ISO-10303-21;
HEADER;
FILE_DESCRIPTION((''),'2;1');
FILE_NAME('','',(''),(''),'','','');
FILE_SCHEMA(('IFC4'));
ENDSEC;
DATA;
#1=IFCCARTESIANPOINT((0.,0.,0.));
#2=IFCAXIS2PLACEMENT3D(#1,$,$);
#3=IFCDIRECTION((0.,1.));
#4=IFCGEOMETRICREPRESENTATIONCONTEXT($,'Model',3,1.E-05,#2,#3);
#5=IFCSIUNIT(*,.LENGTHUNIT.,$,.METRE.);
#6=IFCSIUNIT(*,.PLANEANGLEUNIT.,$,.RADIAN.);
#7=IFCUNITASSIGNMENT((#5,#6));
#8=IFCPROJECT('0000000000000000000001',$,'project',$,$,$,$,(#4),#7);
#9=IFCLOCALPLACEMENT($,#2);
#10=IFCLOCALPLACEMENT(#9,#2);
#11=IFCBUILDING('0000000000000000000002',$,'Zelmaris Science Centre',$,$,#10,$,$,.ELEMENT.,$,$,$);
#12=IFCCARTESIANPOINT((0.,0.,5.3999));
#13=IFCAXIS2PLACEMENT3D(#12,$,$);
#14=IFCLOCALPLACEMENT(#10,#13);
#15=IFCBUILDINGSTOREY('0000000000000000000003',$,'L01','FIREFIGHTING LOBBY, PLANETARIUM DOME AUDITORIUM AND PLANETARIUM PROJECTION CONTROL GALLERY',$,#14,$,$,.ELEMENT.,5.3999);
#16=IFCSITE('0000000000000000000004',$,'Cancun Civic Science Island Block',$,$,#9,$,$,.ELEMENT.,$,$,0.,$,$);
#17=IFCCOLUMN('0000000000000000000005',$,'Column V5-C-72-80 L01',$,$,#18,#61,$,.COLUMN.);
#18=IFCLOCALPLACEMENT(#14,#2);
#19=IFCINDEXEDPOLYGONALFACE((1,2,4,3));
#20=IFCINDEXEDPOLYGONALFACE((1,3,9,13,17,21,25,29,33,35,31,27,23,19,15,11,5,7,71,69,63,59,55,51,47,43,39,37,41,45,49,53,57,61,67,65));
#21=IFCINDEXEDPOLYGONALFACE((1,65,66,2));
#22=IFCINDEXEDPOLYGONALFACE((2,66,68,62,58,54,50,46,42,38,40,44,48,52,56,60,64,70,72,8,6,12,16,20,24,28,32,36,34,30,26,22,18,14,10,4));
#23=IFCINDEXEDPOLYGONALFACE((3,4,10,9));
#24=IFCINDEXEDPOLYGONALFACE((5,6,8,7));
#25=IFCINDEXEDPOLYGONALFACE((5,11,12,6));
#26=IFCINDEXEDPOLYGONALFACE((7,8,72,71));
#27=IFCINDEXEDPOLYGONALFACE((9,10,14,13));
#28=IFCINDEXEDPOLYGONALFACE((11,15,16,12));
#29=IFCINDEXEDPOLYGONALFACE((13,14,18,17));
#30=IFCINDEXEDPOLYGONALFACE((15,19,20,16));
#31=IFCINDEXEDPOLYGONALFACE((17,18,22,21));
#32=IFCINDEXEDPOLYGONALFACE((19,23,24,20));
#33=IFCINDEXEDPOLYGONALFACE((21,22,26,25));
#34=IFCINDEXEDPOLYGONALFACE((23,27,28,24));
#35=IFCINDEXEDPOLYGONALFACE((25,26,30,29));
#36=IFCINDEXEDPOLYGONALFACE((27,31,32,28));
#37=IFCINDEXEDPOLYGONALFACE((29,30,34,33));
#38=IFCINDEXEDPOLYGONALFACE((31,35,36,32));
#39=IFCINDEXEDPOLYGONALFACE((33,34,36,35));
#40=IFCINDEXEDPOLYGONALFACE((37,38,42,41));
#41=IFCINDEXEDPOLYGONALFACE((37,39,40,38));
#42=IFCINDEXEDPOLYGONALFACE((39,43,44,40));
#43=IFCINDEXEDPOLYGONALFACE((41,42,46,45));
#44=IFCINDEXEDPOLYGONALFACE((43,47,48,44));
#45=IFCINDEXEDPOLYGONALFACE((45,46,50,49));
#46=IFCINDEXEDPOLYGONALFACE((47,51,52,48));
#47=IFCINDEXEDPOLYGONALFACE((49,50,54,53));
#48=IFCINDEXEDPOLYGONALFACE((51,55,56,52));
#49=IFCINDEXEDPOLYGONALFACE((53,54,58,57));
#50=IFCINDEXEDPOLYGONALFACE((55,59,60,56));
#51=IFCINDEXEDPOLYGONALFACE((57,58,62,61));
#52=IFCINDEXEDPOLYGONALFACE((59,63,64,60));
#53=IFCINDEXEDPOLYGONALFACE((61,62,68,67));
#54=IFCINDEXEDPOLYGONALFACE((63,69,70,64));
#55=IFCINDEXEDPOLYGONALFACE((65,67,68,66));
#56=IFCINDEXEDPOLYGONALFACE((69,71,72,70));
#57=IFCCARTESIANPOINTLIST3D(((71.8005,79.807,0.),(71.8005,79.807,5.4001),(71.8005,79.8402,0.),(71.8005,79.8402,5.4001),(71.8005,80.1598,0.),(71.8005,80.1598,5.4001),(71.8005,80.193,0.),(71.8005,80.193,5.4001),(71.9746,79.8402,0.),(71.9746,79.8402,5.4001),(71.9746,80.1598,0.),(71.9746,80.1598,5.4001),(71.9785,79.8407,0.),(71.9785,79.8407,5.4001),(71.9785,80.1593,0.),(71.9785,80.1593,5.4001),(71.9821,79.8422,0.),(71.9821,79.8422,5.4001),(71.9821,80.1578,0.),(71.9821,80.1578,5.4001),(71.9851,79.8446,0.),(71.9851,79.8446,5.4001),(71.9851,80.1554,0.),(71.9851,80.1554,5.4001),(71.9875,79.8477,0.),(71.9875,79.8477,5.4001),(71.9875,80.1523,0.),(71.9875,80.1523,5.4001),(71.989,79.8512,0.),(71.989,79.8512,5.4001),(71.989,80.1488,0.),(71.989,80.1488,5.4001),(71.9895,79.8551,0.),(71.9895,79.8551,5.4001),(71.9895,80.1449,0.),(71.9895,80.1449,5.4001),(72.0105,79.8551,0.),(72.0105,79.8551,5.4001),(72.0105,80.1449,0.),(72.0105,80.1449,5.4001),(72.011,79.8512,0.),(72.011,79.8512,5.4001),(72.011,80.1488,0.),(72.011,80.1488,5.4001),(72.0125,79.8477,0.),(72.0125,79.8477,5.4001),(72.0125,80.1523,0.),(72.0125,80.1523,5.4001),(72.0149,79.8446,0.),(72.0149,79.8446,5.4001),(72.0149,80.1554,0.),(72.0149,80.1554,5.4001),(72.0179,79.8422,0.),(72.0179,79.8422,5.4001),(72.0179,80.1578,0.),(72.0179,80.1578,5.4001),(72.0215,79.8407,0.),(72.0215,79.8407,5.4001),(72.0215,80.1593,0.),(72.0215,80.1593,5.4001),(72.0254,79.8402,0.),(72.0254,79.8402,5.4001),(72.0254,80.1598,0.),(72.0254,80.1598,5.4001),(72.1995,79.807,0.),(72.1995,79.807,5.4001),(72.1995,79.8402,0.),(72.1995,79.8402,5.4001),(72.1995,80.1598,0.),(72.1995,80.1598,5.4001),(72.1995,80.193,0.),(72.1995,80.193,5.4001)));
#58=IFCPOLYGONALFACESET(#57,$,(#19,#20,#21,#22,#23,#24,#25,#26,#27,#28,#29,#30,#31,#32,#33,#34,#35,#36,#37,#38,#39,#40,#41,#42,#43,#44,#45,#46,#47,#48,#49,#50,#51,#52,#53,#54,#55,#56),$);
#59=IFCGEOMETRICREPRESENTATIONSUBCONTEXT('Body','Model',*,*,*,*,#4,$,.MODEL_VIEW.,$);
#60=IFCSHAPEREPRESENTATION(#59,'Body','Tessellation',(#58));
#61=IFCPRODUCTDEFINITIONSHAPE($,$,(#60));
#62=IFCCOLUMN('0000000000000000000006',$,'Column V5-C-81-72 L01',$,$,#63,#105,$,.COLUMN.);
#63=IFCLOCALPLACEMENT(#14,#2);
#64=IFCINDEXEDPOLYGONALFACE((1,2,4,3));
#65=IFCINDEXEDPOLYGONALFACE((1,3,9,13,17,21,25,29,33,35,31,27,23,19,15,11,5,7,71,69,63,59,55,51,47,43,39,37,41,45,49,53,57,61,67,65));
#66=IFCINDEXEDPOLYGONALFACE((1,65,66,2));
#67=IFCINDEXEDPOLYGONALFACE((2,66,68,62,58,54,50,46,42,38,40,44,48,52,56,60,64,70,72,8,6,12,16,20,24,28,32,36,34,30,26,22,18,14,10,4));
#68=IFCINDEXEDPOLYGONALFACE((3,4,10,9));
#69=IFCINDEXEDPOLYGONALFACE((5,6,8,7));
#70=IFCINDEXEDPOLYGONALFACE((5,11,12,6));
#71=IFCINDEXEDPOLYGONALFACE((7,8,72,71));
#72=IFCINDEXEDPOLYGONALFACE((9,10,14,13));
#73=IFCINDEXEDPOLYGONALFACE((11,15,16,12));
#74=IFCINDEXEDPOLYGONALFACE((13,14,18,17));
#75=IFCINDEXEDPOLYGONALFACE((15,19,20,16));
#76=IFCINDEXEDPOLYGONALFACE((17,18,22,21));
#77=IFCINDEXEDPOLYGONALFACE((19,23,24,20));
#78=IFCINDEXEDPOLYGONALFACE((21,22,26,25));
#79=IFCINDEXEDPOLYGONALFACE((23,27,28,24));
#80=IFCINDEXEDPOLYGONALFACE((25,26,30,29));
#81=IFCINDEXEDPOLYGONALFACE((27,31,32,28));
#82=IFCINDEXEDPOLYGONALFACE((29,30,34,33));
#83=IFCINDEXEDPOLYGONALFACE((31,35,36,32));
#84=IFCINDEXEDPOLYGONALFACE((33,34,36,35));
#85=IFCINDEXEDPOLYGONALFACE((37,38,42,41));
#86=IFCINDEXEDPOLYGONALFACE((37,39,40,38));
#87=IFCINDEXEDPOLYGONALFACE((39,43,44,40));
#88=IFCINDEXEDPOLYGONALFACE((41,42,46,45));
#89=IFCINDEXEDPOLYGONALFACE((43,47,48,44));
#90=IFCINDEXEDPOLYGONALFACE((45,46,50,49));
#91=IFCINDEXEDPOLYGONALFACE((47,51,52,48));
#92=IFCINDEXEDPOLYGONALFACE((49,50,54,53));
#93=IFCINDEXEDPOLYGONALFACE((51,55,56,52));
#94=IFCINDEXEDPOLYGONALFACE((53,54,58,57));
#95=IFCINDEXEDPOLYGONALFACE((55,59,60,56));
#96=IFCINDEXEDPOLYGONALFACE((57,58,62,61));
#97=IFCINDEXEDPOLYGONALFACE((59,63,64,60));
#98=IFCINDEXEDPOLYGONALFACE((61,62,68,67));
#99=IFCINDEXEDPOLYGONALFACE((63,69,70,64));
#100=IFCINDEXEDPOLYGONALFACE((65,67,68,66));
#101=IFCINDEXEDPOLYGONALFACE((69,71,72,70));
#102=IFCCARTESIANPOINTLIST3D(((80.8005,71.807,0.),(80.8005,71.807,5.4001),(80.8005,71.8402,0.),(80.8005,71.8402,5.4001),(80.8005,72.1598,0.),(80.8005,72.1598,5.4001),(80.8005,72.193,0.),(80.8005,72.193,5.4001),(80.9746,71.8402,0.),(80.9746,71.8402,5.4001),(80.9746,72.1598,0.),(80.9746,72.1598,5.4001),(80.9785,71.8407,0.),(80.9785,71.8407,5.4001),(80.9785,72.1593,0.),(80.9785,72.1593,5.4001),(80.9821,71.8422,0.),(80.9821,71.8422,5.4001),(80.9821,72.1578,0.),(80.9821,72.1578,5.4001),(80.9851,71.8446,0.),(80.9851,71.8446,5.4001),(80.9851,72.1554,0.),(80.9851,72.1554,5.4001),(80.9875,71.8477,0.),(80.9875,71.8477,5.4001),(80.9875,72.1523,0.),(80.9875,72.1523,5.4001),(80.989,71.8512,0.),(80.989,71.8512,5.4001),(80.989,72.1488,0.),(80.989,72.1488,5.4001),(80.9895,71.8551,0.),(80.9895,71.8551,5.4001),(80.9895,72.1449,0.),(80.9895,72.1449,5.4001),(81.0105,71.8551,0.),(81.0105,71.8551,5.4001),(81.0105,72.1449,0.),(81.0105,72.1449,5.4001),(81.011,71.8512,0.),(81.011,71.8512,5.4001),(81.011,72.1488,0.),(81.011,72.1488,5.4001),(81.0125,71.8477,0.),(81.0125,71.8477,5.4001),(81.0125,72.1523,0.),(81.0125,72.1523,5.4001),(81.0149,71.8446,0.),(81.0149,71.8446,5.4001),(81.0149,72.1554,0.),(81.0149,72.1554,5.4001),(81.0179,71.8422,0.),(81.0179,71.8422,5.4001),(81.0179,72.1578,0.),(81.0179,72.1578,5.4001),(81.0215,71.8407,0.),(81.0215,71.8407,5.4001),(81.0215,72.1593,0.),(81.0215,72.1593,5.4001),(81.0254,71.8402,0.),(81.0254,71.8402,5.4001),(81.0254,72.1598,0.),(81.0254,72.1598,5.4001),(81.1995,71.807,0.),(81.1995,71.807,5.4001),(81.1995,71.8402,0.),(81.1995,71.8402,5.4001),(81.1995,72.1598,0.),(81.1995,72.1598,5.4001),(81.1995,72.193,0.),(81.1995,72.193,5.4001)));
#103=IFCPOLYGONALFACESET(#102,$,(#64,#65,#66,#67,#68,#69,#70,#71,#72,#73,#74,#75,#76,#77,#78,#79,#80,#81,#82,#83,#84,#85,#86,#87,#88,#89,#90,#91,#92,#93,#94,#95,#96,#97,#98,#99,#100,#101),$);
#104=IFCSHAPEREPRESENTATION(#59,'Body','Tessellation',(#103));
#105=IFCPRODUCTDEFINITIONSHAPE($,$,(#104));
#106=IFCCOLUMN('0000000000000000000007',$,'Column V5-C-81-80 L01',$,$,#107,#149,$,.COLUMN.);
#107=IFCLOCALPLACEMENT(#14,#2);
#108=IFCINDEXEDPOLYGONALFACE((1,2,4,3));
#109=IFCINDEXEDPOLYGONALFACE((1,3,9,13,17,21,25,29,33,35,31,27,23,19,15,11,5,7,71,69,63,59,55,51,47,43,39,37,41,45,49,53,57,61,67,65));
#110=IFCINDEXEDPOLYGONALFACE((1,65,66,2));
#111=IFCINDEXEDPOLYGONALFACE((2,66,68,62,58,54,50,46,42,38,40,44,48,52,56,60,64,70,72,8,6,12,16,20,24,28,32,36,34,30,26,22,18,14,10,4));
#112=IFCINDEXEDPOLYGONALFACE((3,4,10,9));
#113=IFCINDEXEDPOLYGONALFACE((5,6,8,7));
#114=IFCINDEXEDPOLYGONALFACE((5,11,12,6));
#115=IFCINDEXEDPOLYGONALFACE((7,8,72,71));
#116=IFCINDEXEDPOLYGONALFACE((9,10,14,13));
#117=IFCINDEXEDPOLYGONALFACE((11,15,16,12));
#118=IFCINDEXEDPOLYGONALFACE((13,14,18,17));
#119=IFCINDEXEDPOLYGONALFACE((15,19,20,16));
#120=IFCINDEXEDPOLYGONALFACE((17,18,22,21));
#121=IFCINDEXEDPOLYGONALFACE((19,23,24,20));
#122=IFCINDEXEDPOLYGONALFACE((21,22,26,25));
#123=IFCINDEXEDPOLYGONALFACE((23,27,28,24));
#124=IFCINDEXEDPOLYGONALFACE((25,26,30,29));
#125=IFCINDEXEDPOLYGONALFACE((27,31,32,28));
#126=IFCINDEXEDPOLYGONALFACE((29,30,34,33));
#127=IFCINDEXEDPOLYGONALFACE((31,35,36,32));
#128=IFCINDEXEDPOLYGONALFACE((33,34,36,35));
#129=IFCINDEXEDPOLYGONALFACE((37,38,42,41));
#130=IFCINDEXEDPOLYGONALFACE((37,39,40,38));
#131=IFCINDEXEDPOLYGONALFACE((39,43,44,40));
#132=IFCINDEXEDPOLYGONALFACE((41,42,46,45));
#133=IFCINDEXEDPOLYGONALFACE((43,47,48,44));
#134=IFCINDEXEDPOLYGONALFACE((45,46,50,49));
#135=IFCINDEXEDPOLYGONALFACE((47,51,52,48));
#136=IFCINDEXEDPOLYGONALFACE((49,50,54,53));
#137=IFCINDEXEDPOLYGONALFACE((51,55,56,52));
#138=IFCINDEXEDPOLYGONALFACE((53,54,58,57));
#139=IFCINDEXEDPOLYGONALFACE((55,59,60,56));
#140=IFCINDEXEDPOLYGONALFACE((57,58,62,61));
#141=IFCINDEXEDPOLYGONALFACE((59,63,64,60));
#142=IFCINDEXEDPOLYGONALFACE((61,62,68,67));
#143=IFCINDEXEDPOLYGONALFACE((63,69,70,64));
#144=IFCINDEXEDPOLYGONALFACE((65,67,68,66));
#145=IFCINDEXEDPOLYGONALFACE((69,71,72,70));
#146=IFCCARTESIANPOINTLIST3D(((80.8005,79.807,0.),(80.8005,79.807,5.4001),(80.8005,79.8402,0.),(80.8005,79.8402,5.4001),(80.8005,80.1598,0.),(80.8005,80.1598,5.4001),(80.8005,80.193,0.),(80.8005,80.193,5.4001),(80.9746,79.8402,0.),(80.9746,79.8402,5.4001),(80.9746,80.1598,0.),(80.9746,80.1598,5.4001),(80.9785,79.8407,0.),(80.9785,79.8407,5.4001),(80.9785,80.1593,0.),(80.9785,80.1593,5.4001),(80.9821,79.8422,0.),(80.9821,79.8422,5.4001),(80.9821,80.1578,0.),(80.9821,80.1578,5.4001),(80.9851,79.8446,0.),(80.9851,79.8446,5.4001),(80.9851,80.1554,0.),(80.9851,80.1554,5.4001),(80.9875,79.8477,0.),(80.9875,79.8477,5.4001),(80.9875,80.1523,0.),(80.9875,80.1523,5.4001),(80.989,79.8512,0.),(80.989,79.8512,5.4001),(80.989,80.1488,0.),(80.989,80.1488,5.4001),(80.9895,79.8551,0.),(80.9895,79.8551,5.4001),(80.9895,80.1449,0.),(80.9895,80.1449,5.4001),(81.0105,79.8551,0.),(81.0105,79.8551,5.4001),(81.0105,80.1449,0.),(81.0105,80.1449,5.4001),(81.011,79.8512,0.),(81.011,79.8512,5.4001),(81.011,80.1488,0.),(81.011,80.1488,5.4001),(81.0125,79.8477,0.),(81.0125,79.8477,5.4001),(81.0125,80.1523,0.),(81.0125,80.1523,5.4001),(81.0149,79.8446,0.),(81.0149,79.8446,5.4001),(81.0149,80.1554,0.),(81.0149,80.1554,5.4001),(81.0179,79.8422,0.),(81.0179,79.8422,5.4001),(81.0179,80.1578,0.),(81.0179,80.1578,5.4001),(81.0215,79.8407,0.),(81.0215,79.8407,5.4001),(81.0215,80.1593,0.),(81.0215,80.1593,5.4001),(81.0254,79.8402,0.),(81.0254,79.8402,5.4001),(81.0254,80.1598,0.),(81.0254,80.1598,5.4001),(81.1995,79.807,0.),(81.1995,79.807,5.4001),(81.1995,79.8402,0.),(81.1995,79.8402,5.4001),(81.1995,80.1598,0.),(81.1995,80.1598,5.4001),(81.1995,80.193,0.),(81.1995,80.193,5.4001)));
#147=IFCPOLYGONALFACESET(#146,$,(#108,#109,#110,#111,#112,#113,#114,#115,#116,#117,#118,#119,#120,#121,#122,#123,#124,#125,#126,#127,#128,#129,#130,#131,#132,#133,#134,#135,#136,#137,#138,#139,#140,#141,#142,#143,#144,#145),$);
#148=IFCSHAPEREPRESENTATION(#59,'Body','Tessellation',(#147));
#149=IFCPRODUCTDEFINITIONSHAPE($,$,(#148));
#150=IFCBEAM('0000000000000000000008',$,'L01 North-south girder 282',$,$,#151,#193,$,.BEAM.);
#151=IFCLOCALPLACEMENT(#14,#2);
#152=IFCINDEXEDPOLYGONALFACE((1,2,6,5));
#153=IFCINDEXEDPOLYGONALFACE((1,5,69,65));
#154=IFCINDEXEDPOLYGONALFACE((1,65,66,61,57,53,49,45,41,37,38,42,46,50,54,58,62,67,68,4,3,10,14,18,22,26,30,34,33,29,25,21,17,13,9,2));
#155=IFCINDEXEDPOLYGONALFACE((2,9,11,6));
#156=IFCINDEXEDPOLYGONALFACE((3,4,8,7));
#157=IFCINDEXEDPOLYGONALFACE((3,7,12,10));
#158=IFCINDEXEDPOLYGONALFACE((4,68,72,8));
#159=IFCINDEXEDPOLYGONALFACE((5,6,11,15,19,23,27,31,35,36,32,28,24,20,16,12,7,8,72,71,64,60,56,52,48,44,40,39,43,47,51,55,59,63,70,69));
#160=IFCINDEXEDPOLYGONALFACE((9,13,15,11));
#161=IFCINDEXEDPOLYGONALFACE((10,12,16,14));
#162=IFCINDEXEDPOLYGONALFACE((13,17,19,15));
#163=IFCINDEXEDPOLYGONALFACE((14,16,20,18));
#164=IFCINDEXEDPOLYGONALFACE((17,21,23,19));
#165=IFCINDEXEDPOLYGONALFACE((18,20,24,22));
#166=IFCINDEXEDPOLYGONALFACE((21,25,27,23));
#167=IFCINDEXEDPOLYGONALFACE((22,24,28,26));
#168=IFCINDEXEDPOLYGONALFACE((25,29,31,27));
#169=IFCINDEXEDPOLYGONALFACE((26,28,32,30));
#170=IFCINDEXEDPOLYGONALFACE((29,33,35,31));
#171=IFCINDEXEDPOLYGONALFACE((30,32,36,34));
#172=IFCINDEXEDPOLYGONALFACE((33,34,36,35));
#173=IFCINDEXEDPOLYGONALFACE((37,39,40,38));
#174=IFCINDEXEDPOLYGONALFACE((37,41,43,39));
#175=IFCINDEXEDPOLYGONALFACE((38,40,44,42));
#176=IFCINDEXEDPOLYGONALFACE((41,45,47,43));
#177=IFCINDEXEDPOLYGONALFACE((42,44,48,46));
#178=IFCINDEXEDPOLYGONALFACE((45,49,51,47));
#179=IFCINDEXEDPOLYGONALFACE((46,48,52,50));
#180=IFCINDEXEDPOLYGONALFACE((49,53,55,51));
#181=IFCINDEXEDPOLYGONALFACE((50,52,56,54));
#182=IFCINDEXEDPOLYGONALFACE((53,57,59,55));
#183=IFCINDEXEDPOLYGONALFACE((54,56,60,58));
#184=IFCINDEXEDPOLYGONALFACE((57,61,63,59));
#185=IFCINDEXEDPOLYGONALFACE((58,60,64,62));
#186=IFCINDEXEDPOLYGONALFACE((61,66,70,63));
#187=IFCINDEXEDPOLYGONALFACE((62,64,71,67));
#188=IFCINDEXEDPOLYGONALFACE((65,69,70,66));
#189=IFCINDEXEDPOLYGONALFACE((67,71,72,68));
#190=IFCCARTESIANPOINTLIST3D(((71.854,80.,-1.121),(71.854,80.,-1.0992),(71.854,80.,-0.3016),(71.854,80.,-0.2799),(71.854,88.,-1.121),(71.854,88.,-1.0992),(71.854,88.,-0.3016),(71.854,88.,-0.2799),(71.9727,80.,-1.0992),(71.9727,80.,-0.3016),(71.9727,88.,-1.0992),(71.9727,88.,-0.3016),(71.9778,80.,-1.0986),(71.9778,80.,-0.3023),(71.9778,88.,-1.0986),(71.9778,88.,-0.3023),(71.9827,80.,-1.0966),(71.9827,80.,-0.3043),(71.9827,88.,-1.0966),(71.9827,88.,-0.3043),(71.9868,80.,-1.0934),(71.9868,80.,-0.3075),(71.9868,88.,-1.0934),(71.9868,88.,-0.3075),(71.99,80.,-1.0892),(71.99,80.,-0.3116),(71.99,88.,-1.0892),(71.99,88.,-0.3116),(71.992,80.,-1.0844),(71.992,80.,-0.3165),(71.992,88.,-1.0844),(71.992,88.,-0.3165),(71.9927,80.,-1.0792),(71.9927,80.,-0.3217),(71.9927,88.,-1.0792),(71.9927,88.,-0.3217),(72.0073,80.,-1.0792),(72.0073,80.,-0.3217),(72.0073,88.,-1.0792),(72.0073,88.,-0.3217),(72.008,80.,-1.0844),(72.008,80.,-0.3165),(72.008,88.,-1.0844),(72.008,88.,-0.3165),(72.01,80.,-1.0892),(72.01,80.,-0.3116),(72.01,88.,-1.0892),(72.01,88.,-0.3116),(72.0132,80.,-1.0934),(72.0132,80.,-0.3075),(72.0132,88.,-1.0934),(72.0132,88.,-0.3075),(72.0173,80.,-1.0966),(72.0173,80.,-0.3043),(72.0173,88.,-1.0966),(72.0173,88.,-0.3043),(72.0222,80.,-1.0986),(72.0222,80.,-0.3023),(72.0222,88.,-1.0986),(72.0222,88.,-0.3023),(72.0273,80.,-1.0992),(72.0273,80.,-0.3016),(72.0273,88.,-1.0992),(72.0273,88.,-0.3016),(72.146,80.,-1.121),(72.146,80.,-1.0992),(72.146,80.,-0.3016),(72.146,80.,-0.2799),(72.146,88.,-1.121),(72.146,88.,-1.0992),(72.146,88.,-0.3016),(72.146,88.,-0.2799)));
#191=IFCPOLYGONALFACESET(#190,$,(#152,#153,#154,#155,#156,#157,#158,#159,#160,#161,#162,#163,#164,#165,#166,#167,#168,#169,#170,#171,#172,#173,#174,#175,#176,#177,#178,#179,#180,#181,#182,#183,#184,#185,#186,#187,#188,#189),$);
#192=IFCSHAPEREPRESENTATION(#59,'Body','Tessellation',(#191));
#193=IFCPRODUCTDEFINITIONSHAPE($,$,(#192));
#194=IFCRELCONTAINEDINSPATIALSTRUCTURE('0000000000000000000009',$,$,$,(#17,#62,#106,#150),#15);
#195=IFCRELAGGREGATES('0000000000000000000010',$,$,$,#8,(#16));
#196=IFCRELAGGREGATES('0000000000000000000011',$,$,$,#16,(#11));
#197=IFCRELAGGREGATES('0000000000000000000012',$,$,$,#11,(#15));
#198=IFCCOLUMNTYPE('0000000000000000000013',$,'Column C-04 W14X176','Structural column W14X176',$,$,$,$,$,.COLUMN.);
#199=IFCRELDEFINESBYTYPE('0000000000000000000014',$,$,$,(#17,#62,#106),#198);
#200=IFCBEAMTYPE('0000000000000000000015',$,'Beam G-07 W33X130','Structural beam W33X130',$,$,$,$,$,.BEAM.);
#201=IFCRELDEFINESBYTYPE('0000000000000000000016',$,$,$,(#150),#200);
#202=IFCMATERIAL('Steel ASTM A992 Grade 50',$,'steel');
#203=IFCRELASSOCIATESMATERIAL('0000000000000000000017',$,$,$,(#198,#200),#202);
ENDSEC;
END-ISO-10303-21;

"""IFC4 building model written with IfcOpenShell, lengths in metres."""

from ifc_helpers import new_model, si_unit, direction, frame, origin, origin_2d, place, context, subcontext, project, spatial, i_section, extrude, material, material_profile, profile_set, type_object, element, save


model = new_model("IFC4")

# Units and contexts
model_context = context("Model", 3, precision=1e-05, world=origin(), true_north=direction((0.0, 1.0)))
body_context = subcontext(model_context, "Body", "Model", "MODEL_VIEW")
ifc_project = project(units=[si_unit("LENGTHUNIT", "METRE"), si_unit("PLANEANGLEUNIT", "RADIAN")], contexts=[model_context])

# Site, building, storey
site_placement = place(None, origin())
site = spatial("IfcSite", under=ifc_project, at=site_placement, Name="Cancun Civic Science Island Block", CompositionType="ELEMENT", RefElevation=0.0)
building_placement = place(site_placement, origin())
building = spatial("IfcBuilding", under=site, at=building_placement, Name="Zelmaris Science Centre", CompositionType="ELEMENT")
storey_placement = place(building_placement, frame((0.0, 0.0, 5.3999)))
storey = spatial("IfcBuildingStorey", under=building, at=storey_placement, Name="L01", Description="FIREFIGHTING LOBBY, PLANETARIUM DOME AUDITORIUM AND PLANETARIUM PROJECTION CONTROL GALLERY", CompositionType="ELEMENT", Elevation=5.3999)

# Columns
ifc_material_1 = material(Name="Steel ASTM A992 Grade 50", Category="steel")
ifc_material_profile_1 = material_profile(ifc_material_1, i_section(OverallWidth=0.3989, OverallDepth=0.386, WebThickness=0.021, FlangeThickness=0.0332, FilletRadius=0.0149, at=origin_2d()), Name="W14X176")
ifc_profile_set_1 = profile_set([ifc_material_profile_1], Name="Steel ASTM A992 Grade 50")
column_type = type_object("IfcColumnType", Name="Column C-04 W14X176", Description="Structural column W14X176", PredefinedType="COLUMN", material=ifc_profile_set_1)
for number, where, z_axis, x_axis, name in (
    (1, (72.0, 80.0, 0.0), (0.0, 0.0, 1.0), (1.0, 0.0, 0.0), "Column V5-C-72-80 L01"),
    (2, (81.0, 72.0, 0.0), (0.0, 0.0, 1.0), (1.0, 0.0, 0.0), "Column V5-C-81-72 L01"),
    (3, (81.0, 80.0, 0.0), (0.0, 0.0, 1.0), (1.0, 0.0, 0.0), "Column V5-C-81-80 L01"),
):
    element("IfcColumn", number, at=place(storey_placement, frame(where, z_axis=z_axis, x_axis=x_axis)), inside=storey, type_object=column_type, Name=name, PredefinedType="COLUMN", context=body_context, shape_type="SweptSolid", body=[
        extrude(i_section(OverallWidth=0.3989, OverallDepth=0.386, WebThickness=0.021, FlangeThickness=0.0332, FilletRadius=0.0149, at=origin_2d()), origin(), (0.0, 0.0, 1.0), 5.4001),
    ])

# Beam
ifc_material_profile_2 = material_profile(ifc_material_1, i_section(OverallWidth=0.292, OverallDepth=0.8411, WebThickness=0.0146, FlangeThickness=0.0217, FilletRadius=0.02, at=origin_2d()), Name="W33X130")
ifc_profile_set_2 = profile_set([ifc_material_profile_2], Name="Steel ASTM A992 Grade 50")
beam_type_1 = type_object("IfcBeamType", Name="Beam G-07 W33X130", Description="Structural beam W33X130", PredefinedType="BEAM", material=ifc_profile_set_2)
beam_1_placement = place(storey_placement, frame((72.0, 80.0, -0.7004), z_axis=(0.0, 1.0, 0.0), x_axis=(-1.0, 0.0, 0.0)))
element("IfcBeam", 4, at=beam_1_placement, inside=storey, type_object=beam_type_1, Name="L01 North-south girder 282", PredefinedType="BEAM", context=body_context, shape_type="SweptSolid", body=[
    extrude(i_section(OverallWidth=0.292, OverallDepth=0.8411, WebThickness=0.0146, FlangeThickness=0.0217, FilletRadius=0.02, at=origin_2d()), origin(), (0.0, 0.0, 1.0), 8.0),
])

save(model, "model.ifc")
